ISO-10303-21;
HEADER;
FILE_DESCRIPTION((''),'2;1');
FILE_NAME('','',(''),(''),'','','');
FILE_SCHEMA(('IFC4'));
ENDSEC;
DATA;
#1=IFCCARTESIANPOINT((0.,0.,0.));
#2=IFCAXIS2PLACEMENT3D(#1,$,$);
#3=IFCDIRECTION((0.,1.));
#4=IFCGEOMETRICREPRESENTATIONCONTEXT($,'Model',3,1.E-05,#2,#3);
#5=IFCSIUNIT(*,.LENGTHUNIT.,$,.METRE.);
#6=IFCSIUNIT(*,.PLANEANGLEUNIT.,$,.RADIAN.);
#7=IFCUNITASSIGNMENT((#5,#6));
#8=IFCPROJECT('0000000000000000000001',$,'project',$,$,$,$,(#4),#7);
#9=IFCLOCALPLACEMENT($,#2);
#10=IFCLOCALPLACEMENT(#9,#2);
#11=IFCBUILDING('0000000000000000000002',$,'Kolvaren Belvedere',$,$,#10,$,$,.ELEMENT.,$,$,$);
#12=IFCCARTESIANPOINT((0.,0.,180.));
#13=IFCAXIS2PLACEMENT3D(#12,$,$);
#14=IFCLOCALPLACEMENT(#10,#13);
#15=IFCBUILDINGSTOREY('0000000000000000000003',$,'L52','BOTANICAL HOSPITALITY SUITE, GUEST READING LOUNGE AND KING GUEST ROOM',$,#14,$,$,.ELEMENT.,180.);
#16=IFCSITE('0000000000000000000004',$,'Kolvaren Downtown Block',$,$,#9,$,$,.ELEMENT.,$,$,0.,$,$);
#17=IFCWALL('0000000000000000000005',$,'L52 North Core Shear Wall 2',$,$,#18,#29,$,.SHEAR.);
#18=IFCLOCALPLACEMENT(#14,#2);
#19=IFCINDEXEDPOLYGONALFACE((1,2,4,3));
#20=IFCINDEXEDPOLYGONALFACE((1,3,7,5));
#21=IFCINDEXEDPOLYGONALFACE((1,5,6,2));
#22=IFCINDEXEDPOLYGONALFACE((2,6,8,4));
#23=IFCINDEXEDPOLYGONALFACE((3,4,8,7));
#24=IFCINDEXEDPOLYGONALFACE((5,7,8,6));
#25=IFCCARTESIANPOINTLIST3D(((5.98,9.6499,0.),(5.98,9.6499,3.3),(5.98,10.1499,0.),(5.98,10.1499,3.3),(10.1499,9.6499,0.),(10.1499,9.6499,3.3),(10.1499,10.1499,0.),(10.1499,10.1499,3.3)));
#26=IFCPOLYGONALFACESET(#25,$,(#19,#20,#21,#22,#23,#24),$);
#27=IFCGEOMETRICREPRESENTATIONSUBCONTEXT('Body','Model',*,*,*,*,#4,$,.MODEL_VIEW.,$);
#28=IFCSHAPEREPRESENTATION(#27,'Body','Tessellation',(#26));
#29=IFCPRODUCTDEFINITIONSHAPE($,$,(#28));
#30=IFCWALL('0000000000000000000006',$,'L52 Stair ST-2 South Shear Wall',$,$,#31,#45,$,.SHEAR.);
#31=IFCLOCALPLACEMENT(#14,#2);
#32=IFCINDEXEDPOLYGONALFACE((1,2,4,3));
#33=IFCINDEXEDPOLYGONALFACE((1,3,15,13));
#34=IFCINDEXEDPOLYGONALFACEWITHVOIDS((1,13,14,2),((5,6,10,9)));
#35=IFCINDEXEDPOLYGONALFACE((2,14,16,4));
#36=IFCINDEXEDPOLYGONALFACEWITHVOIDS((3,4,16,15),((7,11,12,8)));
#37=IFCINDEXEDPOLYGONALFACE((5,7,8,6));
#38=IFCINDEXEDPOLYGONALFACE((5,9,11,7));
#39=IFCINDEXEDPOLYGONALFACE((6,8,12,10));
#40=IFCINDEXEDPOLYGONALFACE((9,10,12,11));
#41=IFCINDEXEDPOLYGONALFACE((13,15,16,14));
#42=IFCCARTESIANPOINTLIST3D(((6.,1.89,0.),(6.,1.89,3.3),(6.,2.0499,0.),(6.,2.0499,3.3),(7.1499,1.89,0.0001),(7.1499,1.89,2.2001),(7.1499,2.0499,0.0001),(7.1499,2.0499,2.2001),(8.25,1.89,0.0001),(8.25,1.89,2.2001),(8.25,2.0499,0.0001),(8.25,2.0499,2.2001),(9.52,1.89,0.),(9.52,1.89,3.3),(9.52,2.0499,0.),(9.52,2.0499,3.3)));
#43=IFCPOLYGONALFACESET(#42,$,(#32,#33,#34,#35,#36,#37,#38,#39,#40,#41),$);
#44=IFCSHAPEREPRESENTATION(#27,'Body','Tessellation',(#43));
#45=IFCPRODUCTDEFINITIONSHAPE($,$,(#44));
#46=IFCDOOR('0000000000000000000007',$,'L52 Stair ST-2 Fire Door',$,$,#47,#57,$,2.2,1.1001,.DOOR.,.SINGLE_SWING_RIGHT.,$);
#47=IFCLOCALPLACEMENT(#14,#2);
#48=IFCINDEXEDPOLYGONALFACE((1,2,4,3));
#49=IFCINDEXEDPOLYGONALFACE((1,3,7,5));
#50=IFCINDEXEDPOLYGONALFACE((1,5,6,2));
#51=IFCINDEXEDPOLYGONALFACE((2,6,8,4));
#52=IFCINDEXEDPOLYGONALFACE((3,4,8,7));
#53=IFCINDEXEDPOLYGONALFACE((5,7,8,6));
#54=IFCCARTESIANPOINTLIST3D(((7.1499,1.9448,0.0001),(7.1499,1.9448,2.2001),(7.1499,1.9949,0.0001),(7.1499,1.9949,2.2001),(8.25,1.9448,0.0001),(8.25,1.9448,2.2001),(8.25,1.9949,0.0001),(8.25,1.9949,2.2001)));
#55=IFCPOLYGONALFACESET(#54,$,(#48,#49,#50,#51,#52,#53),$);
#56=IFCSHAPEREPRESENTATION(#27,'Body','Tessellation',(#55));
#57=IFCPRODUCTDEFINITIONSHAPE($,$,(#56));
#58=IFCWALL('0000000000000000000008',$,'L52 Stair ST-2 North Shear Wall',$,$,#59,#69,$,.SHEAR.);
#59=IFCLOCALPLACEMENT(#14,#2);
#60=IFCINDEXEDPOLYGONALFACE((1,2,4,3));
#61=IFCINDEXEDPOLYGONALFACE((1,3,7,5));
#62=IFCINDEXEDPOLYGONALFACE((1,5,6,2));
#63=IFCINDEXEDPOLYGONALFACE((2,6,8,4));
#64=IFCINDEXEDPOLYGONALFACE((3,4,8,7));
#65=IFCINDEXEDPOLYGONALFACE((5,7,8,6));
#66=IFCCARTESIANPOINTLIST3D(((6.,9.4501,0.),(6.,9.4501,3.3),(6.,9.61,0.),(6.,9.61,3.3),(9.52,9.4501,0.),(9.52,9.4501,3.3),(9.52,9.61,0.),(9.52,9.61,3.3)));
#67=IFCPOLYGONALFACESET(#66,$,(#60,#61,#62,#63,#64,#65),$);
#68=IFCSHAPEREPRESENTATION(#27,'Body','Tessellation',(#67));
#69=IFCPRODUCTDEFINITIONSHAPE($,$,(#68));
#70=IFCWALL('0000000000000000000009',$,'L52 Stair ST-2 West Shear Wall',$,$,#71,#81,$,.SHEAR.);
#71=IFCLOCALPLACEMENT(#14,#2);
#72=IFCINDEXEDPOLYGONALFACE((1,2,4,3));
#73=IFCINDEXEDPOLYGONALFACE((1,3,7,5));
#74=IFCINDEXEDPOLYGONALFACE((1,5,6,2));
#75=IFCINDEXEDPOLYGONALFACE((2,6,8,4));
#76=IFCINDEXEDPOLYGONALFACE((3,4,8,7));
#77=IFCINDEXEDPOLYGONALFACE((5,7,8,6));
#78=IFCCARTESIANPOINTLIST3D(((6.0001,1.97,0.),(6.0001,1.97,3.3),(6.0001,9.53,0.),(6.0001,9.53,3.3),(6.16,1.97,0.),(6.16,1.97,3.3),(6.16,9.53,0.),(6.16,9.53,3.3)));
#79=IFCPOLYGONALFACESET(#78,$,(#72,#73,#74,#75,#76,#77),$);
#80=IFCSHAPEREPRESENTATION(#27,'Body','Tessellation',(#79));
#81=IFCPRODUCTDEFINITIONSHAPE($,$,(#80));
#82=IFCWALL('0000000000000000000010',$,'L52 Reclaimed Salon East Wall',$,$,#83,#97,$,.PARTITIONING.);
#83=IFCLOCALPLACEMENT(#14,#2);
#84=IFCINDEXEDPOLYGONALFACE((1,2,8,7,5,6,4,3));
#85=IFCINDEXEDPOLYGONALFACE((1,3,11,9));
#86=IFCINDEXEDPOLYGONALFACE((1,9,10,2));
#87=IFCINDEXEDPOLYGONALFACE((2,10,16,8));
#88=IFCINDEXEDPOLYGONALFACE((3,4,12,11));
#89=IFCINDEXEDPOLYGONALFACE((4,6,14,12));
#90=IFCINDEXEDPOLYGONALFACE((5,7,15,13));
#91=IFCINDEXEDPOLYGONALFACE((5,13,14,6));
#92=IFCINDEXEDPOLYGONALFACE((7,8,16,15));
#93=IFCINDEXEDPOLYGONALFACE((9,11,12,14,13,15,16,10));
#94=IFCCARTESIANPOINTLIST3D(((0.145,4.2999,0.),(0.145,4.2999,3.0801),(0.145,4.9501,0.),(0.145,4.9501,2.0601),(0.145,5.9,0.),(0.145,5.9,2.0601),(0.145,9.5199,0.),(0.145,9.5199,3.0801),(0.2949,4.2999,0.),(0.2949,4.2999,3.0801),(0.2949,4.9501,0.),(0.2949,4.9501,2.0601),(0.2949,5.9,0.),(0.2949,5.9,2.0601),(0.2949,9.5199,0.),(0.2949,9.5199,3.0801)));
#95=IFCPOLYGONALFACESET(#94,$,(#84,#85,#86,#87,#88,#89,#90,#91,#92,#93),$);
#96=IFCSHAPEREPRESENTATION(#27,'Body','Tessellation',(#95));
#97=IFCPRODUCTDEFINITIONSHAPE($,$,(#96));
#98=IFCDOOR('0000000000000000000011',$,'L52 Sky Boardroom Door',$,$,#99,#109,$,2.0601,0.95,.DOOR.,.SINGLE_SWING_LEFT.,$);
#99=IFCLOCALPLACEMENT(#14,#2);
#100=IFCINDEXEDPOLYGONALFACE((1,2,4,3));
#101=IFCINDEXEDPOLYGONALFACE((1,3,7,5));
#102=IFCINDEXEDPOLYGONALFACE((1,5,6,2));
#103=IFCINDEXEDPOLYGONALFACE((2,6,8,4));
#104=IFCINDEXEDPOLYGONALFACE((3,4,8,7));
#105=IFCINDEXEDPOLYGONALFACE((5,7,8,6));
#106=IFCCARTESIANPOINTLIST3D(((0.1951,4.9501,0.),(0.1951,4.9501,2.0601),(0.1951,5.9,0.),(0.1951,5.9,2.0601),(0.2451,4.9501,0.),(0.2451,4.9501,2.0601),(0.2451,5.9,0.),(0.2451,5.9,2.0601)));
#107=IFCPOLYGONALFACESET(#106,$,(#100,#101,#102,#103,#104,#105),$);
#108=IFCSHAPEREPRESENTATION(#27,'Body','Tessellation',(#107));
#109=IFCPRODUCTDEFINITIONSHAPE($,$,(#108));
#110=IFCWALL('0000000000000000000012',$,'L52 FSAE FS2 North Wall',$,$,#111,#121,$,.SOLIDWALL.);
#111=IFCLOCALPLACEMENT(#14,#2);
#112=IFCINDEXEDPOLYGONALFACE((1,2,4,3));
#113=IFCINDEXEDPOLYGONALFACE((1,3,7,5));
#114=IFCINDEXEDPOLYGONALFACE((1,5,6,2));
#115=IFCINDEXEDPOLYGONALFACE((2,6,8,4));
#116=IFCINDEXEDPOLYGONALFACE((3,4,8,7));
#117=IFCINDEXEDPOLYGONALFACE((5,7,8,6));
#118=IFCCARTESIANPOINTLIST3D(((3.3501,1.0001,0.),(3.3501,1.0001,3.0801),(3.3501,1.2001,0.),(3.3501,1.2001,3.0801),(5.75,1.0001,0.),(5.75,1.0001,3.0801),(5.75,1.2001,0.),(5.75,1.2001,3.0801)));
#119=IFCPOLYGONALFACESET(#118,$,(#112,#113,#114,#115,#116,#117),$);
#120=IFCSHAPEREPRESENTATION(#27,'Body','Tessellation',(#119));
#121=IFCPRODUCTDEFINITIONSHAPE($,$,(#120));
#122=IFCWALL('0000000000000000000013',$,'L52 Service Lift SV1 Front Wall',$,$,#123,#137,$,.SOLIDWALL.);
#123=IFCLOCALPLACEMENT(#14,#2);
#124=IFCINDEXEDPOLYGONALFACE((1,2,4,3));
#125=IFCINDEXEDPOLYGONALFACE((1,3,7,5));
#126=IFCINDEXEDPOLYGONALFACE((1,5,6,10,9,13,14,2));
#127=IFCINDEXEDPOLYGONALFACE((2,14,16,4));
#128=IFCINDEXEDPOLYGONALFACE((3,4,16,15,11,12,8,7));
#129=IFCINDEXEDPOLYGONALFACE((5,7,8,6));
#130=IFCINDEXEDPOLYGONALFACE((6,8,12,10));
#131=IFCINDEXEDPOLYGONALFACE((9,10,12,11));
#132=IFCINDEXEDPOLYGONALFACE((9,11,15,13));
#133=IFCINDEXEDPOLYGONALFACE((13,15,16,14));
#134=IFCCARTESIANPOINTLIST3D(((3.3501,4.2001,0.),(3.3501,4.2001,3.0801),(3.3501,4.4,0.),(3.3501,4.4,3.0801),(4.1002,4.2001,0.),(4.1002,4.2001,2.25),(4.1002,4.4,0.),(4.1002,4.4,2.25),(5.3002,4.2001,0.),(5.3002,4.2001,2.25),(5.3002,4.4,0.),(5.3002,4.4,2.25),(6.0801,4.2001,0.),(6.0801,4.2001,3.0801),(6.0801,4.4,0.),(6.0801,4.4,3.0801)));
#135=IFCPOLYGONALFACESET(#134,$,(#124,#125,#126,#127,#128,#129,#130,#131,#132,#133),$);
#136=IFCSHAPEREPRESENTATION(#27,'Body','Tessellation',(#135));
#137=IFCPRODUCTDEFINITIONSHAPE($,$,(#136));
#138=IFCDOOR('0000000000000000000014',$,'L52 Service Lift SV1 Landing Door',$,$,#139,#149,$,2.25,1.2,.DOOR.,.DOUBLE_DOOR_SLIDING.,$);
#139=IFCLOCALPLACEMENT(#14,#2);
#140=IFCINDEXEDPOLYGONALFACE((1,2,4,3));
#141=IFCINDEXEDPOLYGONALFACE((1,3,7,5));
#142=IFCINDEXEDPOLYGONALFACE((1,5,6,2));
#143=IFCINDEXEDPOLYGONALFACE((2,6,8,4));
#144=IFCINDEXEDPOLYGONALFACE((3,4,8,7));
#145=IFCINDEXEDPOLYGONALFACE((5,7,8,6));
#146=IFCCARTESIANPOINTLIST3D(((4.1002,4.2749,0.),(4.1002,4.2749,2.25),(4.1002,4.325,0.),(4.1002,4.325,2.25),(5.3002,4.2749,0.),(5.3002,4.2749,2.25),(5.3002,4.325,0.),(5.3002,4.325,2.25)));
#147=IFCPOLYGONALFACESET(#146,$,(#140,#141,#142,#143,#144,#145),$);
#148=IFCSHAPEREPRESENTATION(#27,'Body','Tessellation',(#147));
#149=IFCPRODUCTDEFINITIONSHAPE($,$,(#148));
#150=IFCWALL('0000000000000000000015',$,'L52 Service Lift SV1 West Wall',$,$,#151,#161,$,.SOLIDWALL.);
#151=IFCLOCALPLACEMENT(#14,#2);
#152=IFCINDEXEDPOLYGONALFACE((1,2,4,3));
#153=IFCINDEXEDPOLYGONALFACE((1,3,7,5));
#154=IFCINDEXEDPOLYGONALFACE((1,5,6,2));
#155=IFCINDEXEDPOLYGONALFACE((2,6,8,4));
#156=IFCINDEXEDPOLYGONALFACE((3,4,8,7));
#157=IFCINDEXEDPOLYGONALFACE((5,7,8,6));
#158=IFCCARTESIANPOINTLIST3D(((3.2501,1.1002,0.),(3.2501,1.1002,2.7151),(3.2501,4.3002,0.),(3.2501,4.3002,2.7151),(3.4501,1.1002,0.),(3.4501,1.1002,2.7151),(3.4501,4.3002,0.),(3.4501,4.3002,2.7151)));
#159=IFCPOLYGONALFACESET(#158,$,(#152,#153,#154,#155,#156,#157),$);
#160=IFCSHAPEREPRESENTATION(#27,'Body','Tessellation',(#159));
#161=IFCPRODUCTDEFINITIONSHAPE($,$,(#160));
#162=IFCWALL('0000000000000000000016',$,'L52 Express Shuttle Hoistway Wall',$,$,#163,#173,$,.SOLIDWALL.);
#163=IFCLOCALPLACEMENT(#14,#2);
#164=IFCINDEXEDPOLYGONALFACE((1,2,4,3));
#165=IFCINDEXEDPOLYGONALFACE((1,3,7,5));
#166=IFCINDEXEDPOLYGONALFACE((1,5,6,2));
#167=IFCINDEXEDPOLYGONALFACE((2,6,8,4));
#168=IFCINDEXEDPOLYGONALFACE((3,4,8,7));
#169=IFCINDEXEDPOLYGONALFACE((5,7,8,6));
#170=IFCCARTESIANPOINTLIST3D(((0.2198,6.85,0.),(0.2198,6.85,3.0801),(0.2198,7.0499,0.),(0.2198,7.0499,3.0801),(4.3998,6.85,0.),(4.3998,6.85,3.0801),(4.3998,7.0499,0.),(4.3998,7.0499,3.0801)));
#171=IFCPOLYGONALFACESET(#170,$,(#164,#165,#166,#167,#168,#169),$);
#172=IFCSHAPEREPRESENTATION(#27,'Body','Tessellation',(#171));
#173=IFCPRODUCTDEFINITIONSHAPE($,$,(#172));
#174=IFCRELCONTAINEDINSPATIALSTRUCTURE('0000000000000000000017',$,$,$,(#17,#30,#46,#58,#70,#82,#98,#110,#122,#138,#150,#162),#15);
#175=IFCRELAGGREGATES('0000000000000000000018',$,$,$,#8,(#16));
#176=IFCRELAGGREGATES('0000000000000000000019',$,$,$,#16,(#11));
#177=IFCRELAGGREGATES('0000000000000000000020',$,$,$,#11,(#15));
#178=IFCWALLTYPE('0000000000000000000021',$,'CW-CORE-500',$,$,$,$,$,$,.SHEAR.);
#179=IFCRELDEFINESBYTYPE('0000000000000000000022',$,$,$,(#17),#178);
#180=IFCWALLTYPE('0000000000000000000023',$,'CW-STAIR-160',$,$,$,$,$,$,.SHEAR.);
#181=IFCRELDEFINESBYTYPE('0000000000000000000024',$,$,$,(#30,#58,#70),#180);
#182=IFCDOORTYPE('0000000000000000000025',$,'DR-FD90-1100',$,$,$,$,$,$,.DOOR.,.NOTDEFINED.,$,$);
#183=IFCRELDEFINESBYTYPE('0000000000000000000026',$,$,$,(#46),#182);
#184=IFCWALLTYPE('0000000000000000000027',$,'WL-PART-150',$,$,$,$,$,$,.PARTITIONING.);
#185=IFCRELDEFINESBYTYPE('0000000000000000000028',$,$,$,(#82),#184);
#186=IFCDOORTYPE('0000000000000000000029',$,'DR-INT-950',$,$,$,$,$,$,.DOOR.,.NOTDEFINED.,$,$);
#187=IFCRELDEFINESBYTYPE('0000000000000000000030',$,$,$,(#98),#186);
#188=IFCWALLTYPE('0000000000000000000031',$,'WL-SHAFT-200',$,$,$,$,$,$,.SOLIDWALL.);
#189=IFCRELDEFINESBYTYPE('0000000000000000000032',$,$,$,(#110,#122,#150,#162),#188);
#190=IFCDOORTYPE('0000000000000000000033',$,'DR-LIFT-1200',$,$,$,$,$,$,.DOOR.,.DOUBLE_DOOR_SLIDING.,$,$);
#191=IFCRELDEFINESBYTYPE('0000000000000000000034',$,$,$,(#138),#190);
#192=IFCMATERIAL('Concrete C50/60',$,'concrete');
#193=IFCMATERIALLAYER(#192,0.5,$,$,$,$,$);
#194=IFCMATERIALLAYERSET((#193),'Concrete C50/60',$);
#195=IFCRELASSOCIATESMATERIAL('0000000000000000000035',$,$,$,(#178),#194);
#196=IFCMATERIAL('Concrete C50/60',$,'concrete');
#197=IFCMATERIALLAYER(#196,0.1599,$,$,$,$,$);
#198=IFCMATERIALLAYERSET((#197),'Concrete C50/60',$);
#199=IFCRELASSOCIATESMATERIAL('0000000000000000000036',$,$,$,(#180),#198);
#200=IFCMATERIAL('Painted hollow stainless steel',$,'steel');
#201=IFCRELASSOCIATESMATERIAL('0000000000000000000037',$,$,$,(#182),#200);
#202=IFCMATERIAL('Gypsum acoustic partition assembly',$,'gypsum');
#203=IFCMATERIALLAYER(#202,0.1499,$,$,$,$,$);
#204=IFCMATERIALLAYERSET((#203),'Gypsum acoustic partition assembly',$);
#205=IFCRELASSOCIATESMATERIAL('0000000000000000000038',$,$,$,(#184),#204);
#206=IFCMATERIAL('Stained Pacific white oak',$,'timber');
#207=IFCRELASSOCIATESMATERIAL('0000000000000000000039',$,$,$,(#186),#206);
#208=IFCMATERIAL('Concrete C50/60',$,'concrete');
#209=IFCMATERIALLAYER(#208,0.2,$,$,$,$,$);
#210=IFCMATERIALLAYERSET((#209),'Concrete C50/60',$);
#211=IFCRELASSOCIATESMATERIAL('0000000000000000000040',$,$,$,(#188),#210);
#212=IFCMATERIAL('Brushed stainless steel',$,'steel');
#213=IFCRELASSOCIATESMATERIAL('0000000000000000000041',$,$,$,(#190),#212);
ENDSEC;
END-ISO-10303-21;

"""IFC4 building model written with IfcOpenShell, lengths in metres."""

from ifc_helpers import new_model, si_unit, direction, frame, frame_2d, origin, place, context, subcontext, project, spatial, rectangle, extrude, material, layer, layer_set, type_object, element, fill, save


model = new_model("IFC4")

# Units and contexts
model_context = context("Model", 3, precision=1e-05, world=origin(), true_north=direction((0.0, 1.0)))
body_context = subcontext(model_context, "Body", "Model", "MODEL_VIEW")
ifc_project = project(units=[si_unit("LENGTHUNIT", "METRE"), si_unit("PLANEANGLEUNIT", "RADIAN")], contexts=[model_context])

# Site, building, storey
site_placement = place(None, origin())
site = spatial("IfcSite", under=ifc_project, at=site_placement, Name="Kolvaren Downtown Block", CompositionType="ELEMENT", RefElevation=0.0)
building_placement = place(site_placement, origin())
building = spatial("IfcBuilding", under=site, at=building_placement, Name="Kolvaren Belvedere", CompositionType="ELEMENT")
storey_placement = place(building_placement, frame((0.0, 0.0, 180.0)))
storey = spatial("IfcBuildingStorey", under=building, at=storey_placement, Name="L52", Description="BOTANICAL HOSPITALITY SUITE, GUEST READING LOUNGE AND KING GUEST ROOM", CompositionType="ELEMENT", Elevation=180.0)

# Wall
ifc_material_1 = material(Name="Concrete C50/60", Category="concrete")
ifc_layer_1 = layer(ifc_material_1, 0.5)
ifc_layer_set_1 = layer_set([ifc_layer_1], Name="Concrete C50/60")
wall_type_1 = type_object("IfcWallType", Name="CW-CORE-500", PredefinedType="SHEAR", material=ifc_layer_set_1)
wall_1_placement = place(storey_placement, frame((5.98, 9.8999, 0.0), z_axis=(0.0, 0.0, 1.0), x_axis=(1.0, 0.0, 0.0)))
element("IfcWall", 1, at=wall_1_placement, inside=storey, type_object=wall_type_1, Name="L52 North Core Shear Wall 2", PredefinedType="SHEAR", context=body_context, shape_type="SweptSolid", body=[
    extrude(rectangle(XDim=4.1699, YDim=0.5, at=frame_2d((2.085, 0.0))), origin(), (0.0, 0.0, 1.0), 3.3),
])

# Wall, opening, door
ifc_material_2 = material(Name="Concrete C50/60", Category="concrete")
ifc_layer_2 = layer(ifc_material_2, 0.1599)
ifc_layer_set_2 = layer_set([ifc_layer_2], Name="Concrete C50/60")
wall_type_2 = type_object("IfcWallType", Name="CW-STAIR-160", PredefinedType="SHEAR", material=ifc_layer_set_2)
wall_2_placement = place(storey_placement, frame((6.0, 1.97, 0.0), z_axis=(0.0, 0.0, 1.0), x_axis=(1.0, 0.0, 0.0)))
wall_2 = element("IfcWall", 2, at=wall_2_placement, inside=storey, type_object=wall_type_2, Name="L52 Stair ST-2 South Shear Wall", PredefinedType="SHEAR", context=body_context, shape_type="SweptSolid", body=[
    extrude(rectangle(XDim=3.52, YDim=0.1599, at=frame_2d((1.76, 0.0))), origin(), (0.0, 0.0, 1.0), 3.3),
])
opening_1_placement = place(wall_2_placement, frame((1.1499, 0.0, 0.0)))
opening_1 = element("IfcOpeningElement", 3, at=opening_1_placement, cuts=wall_2, PredefinedType="OPENING", context=body_context, shape_type="SweptSolid", body=[
    extrude(rectangle(XDim=1.1001, YDim=2.2, at=frame_2d((0.55, 1.1001))), frame((0.0, 0.0898, 0.0), z_axis=(0.0, -1.0, 0.0), x_axis=(1.0, 0.0, 0.0)), (0.0, 0.0, 1.0), 0.1799),
])
ifc_material_3 = material(Name="Painted hollow stainless steel", Category="steel")
door_type_1 = type_object("IfcDoorType", Name="DR-FD90-1100", OperationType="NOTDEFINED", PredefinedType="DOOR", material=ifc_material_3)
door_1_placement = place(opening_1_placement, origin())
door_1 = element("IfcDoor", 4, at=door_1_placement, inside=storey, type_object=door_type_1, Name="L52 Stair ST-2 Fire Door", OperationType="SINGLE_SWING_RIGHT", OverallHeight=2.2, OverallWidth=1.1001, PredefinedType="DOOR", context=body_context, shape_type="SweptSolid", body=[
    extrude(rectangle(XDim=1.1001, YDim=2.2, at=frame_2d((0.55, 1.1001))), frame((0.0, 0.0249, 0.0), z_axis=(0.0, -1.0, 0.0), x_axis=(1.0, 0.0, 0.0)), (0.0, 0.0, 1.0), 0.05),
])
fill(opening_1, door_1)

# Walls
wall_3_placement = place(storey_placement, frame((6.0, 9.53, 0.0), z_axis=(0.0, 0.0, 1.0), x_axis=(1.0, 0.0, 0.0)))
element("IfcWall", 5, at=wall_3_placement, inside=storey, type_object=wall_type_2, Name="L52 Stair ST-2 North Shear Wall", PredefinedType="SHEAR", context=body_context, shape_type="SweptSolid", body=[
    extrude(rectangle(XDim=3.52, YDim=0.1599, at=frame_2d((1.76, 0.0))), origin(), (0.0, 0.0, 1.0), 3.3),
])
wall_4_placement = place(storey_placement, frame((6.0801, 1.97, 0.0), z_axis=(0.0, 0.0, 1.0), x_axis=(0.0, 1.0, 0.0)))
element("IfcWall", 6, at=wall_4_placement, inside=storey, type_object=wall_type_2, Name="L52 Stair ST-2 West Shear Wall", PredefinedType="SHEAR", context=body_context, shape_type="SweptSolid", body=[
    extrude(rectangle(XDim=7.5601, YDim=0.1599, at=frame_2d((3.78, 0.0))), origin(), (0.0, 0.0, 1.0), 3.3),
])

# Wall, opening, door
ifc_material_4 = material(Name="Gypsum acoustic partition assembly", Category="gypsum")
ifc_layer_3 = layer(ifc_material_4, 0.1499)
ifc_layer_set_3 = layer_set([ifc_layer_3], Name="Gypsum acoustic partition assembly")
wall_type_3 = type_object("IfcWallType", Name="WL-PART-150", PredefinedType="PARTITIONING", material=ifc_layer_set_3)
wall_5_placement = place(storey_placement, frame((0.22, 4.3, 0.0), z_axis=(0.0, 0.0, 1.0), x_axis=(0.0, 1.0, 0.0)))
wall_5 = element("IfcWall", 7, at=wall_5_placement, inside=storey, type_object=wall_type_3, Name="L52 Reclaimed Salon East Wall", PredefinedType="PARTITIONING", context=body_context, shape_type="SweptSolid", body=[
    extrude(rectangle(XDim=5.22, YDim=0.1499, at=frame_2d((2.6099, 0.0))), origin(), (0.0, 0.0, 1.0), 3.0801),
])
opening_2_placement = place(wall_5_placement, frame((0.6499, 0.0, 0.0)))
opening_2 = element("IfcOpeningElement", 8, at=opening_2_placement, cuts=wall_5, PredefinedType="OPENING", context=body_context, shape_type="SweptSolid", body=[
    extrude(rectangle(XDim=0.95, YDim=2.0601, at=frame_2d((0.4751, 1.03))), frame((0.0, 0.085, 0.0), z_axis=(0.0, -1.0, 0.0), x_axis=(1.0, 0.0, 0.0)), (0.0, 0.0, 1.0), 0.1699),
])
ifc_material_5 = material(Name="Stained Pacific white oak", Category="timber")
door_type_2 = type_object("IfcDoorType", Name="DR-INT-950", OperationType="NOTDEFINED", PredefinedType="DOOR", material=ifc_material_5)
door_2_placement = place(opening_2_placement, origin())
door_2 = element("IfcDoor", 9, at=door_2_placement, inside=storey, type_object=door_type_2, Name="L52 Sky Boardroom Door", OperationType="SINGLE_SWING_LEFT", OverallHeight=2.0601, OverallWidth=0.95, PredefinedType="DOOR", context=body_context, shape_type="SweptSolid", body=[
    extrude(rectangle(XDim=0.95, YDim=2.0601, at=frame_2d((0.4751, 1.03))), frame((0.0, 0.0249, 0.0), z_axis=(0.0, -1.0, 0.0), x_axis=(1.0, 0.0, 0.0)), (0.0, 0.0, 1.0), 0.05),
])
fill(opening_2, door_2)

# Wall
ifc_material_6 = material(Name="Concrete C50/60", Category="concrete")
ifc_layer_4 = layer(ifc_material_6, 0.2)
ifc_layer_set_4 = layer_set([ifc_layer_4], Name="Concrete C50/60")
wall_type_4 = type_object("IfcWallType", Name="WL-SHAFT-200", PredefinedType="SOLIDWALL", material=ifc_layer_set_4)
wall_6_placement = place(storey_placement, frame((3.3501, 1.1001, 0.0), z_axis=(0.0, 0.0, 1.0), x_axis=(1.0, 0.0, 0.0)))
element("IfcWall", 10, at=wall_6_placement, inside=storey, type_object=wall_type_4, Name="L52 FSAE FS2 North Wall", PredefinedType="SOLIDWALL", context=body_context, shape_type="SweptSolid", body=[
    extrude(rectangle(XDim=2.3999, YDim=0.2, at=frame_2d((1.2, 0.0))), origin(), (0.0, 0.0, 1.0), 3.0801),
])

# Wall, opening, door
wall_7_placement = place(storey_placement, frame((3.3501, 4.3, 0.0), z_axis=(0.0, 0.0, 1.0), x_axis=(1.0, 0.0, 0.0)))
wall_7 = element("IfcWall", 11, at=wall_7_placement, inside=storey, type_object=wall_type_4, Name="L52 Service Lift SV1 Front Wall", PredefinedType="SOLIDWALL", context=body_context, shape_type="SweptSolid", body=[
    extrude(rectangle(XDim=2.73, YDim=0.2, at=frame_2d((1.365, 0.0))), origin(), (0.0, 0.0, 1.0), 3.0801),
])
opening_3_placement = place(wall_7_placement, frame((0.75, 0.0, 0.0)))
opening_3 = element("IfcOpeningElement", 12, at=opening_3_placement, cuts=wall_7, PredefinedType="OPENING", context=body_context, shape_type="SweptSolid", body=[
    extrude(rectangle(XDim=1.2, YDim=2.25, at=frame_2d((0.6001, 1.125))), frame((0.0, 0.1099, 0.0), z_axis=(0.0, -1.0, 0.0), x_axis=(1.0, 0.0, 0.0)), (0.0, 0.0, 1.0), 0.22),
])
ifc_material_7 = material(Name="Brushed stainless steel", Category="steel")
door_type_3 = type_object("IfcDoorType", Name="DR-LIFT-1200", OperationType="DOUBLE_DOOR_SLIDING", PredefinedType="DOOR", material=ifc_material_7)
door_3_placement = place(opening_3_placement, origin())
door_3 = element("IfcDoor", 13, at=door_3_placement, inside=storey, type_object=door_type_3, Name="L52 Service Lift SV1 Landing Door", OperationType="DOUBLE_DOOR_SLIDING", OverallHeight=2.25, OverallWidth=1.2, PredefinedType="DOOR", context=body_context, shape_type="SweptSolid", body=[
    extrude(rectangle(XDim=1.2, YDim=2.25, at=frame_2d((0.6001, 1.125))), frame((0.0, 0.0249, 0.0), z_axis=(0.0, -1.0, 0.0), x_axis=(1.0, 0.0, 0.0)), (0.0, 0.0, 1.0), 0.05),
])
fill(opening_3, door_3)

# Walls
wall_8_placement = place(storey_placement, frame((3.3501, 1.1001, 0.0), z_axis=(0.0, 0.0, 1.0), x_axis=(0.0, 1.0, 0.0)))
element("IfcWall", 14, at=wall_8_placement, inside=storey, type_object=wall_type_4, Name="L52 Service Lift SV1 West Wall", PredefinedType="SOLIDWALL", context=body_context, shape_type="SweptSolid", body=[
    extrude(rectangle(XDim=3.2, YDim=0.2, at=frame_2d((1.6001, 0.0))), origin(), (0.0, 0.0, 1.0), 2.7151),
])
wall_9_placement = place(storey_placement, frame((0.22, 6.95, 0.0), z_axis=(0.0, 0.0, 1.0), x_axis=(1.0, 0.0, 0.0)))
element("IfcWall", 15, at=wall_9_placement, inside=storey, type_object=wall_type_4, Name="L52 Express Shuttle Hoistway Wall", PredefinedType="SOLIDWALL", context=body_context, shape_type="SweptSolid", body=[
    extrude(rectangle(XDim=4.1799, YDim=0.2, at=frame_2d((2.0898, 0.0))), origin(), (0.0, 0.0, 1.0), 3.0801),
])

save(model, "model.ifc")
